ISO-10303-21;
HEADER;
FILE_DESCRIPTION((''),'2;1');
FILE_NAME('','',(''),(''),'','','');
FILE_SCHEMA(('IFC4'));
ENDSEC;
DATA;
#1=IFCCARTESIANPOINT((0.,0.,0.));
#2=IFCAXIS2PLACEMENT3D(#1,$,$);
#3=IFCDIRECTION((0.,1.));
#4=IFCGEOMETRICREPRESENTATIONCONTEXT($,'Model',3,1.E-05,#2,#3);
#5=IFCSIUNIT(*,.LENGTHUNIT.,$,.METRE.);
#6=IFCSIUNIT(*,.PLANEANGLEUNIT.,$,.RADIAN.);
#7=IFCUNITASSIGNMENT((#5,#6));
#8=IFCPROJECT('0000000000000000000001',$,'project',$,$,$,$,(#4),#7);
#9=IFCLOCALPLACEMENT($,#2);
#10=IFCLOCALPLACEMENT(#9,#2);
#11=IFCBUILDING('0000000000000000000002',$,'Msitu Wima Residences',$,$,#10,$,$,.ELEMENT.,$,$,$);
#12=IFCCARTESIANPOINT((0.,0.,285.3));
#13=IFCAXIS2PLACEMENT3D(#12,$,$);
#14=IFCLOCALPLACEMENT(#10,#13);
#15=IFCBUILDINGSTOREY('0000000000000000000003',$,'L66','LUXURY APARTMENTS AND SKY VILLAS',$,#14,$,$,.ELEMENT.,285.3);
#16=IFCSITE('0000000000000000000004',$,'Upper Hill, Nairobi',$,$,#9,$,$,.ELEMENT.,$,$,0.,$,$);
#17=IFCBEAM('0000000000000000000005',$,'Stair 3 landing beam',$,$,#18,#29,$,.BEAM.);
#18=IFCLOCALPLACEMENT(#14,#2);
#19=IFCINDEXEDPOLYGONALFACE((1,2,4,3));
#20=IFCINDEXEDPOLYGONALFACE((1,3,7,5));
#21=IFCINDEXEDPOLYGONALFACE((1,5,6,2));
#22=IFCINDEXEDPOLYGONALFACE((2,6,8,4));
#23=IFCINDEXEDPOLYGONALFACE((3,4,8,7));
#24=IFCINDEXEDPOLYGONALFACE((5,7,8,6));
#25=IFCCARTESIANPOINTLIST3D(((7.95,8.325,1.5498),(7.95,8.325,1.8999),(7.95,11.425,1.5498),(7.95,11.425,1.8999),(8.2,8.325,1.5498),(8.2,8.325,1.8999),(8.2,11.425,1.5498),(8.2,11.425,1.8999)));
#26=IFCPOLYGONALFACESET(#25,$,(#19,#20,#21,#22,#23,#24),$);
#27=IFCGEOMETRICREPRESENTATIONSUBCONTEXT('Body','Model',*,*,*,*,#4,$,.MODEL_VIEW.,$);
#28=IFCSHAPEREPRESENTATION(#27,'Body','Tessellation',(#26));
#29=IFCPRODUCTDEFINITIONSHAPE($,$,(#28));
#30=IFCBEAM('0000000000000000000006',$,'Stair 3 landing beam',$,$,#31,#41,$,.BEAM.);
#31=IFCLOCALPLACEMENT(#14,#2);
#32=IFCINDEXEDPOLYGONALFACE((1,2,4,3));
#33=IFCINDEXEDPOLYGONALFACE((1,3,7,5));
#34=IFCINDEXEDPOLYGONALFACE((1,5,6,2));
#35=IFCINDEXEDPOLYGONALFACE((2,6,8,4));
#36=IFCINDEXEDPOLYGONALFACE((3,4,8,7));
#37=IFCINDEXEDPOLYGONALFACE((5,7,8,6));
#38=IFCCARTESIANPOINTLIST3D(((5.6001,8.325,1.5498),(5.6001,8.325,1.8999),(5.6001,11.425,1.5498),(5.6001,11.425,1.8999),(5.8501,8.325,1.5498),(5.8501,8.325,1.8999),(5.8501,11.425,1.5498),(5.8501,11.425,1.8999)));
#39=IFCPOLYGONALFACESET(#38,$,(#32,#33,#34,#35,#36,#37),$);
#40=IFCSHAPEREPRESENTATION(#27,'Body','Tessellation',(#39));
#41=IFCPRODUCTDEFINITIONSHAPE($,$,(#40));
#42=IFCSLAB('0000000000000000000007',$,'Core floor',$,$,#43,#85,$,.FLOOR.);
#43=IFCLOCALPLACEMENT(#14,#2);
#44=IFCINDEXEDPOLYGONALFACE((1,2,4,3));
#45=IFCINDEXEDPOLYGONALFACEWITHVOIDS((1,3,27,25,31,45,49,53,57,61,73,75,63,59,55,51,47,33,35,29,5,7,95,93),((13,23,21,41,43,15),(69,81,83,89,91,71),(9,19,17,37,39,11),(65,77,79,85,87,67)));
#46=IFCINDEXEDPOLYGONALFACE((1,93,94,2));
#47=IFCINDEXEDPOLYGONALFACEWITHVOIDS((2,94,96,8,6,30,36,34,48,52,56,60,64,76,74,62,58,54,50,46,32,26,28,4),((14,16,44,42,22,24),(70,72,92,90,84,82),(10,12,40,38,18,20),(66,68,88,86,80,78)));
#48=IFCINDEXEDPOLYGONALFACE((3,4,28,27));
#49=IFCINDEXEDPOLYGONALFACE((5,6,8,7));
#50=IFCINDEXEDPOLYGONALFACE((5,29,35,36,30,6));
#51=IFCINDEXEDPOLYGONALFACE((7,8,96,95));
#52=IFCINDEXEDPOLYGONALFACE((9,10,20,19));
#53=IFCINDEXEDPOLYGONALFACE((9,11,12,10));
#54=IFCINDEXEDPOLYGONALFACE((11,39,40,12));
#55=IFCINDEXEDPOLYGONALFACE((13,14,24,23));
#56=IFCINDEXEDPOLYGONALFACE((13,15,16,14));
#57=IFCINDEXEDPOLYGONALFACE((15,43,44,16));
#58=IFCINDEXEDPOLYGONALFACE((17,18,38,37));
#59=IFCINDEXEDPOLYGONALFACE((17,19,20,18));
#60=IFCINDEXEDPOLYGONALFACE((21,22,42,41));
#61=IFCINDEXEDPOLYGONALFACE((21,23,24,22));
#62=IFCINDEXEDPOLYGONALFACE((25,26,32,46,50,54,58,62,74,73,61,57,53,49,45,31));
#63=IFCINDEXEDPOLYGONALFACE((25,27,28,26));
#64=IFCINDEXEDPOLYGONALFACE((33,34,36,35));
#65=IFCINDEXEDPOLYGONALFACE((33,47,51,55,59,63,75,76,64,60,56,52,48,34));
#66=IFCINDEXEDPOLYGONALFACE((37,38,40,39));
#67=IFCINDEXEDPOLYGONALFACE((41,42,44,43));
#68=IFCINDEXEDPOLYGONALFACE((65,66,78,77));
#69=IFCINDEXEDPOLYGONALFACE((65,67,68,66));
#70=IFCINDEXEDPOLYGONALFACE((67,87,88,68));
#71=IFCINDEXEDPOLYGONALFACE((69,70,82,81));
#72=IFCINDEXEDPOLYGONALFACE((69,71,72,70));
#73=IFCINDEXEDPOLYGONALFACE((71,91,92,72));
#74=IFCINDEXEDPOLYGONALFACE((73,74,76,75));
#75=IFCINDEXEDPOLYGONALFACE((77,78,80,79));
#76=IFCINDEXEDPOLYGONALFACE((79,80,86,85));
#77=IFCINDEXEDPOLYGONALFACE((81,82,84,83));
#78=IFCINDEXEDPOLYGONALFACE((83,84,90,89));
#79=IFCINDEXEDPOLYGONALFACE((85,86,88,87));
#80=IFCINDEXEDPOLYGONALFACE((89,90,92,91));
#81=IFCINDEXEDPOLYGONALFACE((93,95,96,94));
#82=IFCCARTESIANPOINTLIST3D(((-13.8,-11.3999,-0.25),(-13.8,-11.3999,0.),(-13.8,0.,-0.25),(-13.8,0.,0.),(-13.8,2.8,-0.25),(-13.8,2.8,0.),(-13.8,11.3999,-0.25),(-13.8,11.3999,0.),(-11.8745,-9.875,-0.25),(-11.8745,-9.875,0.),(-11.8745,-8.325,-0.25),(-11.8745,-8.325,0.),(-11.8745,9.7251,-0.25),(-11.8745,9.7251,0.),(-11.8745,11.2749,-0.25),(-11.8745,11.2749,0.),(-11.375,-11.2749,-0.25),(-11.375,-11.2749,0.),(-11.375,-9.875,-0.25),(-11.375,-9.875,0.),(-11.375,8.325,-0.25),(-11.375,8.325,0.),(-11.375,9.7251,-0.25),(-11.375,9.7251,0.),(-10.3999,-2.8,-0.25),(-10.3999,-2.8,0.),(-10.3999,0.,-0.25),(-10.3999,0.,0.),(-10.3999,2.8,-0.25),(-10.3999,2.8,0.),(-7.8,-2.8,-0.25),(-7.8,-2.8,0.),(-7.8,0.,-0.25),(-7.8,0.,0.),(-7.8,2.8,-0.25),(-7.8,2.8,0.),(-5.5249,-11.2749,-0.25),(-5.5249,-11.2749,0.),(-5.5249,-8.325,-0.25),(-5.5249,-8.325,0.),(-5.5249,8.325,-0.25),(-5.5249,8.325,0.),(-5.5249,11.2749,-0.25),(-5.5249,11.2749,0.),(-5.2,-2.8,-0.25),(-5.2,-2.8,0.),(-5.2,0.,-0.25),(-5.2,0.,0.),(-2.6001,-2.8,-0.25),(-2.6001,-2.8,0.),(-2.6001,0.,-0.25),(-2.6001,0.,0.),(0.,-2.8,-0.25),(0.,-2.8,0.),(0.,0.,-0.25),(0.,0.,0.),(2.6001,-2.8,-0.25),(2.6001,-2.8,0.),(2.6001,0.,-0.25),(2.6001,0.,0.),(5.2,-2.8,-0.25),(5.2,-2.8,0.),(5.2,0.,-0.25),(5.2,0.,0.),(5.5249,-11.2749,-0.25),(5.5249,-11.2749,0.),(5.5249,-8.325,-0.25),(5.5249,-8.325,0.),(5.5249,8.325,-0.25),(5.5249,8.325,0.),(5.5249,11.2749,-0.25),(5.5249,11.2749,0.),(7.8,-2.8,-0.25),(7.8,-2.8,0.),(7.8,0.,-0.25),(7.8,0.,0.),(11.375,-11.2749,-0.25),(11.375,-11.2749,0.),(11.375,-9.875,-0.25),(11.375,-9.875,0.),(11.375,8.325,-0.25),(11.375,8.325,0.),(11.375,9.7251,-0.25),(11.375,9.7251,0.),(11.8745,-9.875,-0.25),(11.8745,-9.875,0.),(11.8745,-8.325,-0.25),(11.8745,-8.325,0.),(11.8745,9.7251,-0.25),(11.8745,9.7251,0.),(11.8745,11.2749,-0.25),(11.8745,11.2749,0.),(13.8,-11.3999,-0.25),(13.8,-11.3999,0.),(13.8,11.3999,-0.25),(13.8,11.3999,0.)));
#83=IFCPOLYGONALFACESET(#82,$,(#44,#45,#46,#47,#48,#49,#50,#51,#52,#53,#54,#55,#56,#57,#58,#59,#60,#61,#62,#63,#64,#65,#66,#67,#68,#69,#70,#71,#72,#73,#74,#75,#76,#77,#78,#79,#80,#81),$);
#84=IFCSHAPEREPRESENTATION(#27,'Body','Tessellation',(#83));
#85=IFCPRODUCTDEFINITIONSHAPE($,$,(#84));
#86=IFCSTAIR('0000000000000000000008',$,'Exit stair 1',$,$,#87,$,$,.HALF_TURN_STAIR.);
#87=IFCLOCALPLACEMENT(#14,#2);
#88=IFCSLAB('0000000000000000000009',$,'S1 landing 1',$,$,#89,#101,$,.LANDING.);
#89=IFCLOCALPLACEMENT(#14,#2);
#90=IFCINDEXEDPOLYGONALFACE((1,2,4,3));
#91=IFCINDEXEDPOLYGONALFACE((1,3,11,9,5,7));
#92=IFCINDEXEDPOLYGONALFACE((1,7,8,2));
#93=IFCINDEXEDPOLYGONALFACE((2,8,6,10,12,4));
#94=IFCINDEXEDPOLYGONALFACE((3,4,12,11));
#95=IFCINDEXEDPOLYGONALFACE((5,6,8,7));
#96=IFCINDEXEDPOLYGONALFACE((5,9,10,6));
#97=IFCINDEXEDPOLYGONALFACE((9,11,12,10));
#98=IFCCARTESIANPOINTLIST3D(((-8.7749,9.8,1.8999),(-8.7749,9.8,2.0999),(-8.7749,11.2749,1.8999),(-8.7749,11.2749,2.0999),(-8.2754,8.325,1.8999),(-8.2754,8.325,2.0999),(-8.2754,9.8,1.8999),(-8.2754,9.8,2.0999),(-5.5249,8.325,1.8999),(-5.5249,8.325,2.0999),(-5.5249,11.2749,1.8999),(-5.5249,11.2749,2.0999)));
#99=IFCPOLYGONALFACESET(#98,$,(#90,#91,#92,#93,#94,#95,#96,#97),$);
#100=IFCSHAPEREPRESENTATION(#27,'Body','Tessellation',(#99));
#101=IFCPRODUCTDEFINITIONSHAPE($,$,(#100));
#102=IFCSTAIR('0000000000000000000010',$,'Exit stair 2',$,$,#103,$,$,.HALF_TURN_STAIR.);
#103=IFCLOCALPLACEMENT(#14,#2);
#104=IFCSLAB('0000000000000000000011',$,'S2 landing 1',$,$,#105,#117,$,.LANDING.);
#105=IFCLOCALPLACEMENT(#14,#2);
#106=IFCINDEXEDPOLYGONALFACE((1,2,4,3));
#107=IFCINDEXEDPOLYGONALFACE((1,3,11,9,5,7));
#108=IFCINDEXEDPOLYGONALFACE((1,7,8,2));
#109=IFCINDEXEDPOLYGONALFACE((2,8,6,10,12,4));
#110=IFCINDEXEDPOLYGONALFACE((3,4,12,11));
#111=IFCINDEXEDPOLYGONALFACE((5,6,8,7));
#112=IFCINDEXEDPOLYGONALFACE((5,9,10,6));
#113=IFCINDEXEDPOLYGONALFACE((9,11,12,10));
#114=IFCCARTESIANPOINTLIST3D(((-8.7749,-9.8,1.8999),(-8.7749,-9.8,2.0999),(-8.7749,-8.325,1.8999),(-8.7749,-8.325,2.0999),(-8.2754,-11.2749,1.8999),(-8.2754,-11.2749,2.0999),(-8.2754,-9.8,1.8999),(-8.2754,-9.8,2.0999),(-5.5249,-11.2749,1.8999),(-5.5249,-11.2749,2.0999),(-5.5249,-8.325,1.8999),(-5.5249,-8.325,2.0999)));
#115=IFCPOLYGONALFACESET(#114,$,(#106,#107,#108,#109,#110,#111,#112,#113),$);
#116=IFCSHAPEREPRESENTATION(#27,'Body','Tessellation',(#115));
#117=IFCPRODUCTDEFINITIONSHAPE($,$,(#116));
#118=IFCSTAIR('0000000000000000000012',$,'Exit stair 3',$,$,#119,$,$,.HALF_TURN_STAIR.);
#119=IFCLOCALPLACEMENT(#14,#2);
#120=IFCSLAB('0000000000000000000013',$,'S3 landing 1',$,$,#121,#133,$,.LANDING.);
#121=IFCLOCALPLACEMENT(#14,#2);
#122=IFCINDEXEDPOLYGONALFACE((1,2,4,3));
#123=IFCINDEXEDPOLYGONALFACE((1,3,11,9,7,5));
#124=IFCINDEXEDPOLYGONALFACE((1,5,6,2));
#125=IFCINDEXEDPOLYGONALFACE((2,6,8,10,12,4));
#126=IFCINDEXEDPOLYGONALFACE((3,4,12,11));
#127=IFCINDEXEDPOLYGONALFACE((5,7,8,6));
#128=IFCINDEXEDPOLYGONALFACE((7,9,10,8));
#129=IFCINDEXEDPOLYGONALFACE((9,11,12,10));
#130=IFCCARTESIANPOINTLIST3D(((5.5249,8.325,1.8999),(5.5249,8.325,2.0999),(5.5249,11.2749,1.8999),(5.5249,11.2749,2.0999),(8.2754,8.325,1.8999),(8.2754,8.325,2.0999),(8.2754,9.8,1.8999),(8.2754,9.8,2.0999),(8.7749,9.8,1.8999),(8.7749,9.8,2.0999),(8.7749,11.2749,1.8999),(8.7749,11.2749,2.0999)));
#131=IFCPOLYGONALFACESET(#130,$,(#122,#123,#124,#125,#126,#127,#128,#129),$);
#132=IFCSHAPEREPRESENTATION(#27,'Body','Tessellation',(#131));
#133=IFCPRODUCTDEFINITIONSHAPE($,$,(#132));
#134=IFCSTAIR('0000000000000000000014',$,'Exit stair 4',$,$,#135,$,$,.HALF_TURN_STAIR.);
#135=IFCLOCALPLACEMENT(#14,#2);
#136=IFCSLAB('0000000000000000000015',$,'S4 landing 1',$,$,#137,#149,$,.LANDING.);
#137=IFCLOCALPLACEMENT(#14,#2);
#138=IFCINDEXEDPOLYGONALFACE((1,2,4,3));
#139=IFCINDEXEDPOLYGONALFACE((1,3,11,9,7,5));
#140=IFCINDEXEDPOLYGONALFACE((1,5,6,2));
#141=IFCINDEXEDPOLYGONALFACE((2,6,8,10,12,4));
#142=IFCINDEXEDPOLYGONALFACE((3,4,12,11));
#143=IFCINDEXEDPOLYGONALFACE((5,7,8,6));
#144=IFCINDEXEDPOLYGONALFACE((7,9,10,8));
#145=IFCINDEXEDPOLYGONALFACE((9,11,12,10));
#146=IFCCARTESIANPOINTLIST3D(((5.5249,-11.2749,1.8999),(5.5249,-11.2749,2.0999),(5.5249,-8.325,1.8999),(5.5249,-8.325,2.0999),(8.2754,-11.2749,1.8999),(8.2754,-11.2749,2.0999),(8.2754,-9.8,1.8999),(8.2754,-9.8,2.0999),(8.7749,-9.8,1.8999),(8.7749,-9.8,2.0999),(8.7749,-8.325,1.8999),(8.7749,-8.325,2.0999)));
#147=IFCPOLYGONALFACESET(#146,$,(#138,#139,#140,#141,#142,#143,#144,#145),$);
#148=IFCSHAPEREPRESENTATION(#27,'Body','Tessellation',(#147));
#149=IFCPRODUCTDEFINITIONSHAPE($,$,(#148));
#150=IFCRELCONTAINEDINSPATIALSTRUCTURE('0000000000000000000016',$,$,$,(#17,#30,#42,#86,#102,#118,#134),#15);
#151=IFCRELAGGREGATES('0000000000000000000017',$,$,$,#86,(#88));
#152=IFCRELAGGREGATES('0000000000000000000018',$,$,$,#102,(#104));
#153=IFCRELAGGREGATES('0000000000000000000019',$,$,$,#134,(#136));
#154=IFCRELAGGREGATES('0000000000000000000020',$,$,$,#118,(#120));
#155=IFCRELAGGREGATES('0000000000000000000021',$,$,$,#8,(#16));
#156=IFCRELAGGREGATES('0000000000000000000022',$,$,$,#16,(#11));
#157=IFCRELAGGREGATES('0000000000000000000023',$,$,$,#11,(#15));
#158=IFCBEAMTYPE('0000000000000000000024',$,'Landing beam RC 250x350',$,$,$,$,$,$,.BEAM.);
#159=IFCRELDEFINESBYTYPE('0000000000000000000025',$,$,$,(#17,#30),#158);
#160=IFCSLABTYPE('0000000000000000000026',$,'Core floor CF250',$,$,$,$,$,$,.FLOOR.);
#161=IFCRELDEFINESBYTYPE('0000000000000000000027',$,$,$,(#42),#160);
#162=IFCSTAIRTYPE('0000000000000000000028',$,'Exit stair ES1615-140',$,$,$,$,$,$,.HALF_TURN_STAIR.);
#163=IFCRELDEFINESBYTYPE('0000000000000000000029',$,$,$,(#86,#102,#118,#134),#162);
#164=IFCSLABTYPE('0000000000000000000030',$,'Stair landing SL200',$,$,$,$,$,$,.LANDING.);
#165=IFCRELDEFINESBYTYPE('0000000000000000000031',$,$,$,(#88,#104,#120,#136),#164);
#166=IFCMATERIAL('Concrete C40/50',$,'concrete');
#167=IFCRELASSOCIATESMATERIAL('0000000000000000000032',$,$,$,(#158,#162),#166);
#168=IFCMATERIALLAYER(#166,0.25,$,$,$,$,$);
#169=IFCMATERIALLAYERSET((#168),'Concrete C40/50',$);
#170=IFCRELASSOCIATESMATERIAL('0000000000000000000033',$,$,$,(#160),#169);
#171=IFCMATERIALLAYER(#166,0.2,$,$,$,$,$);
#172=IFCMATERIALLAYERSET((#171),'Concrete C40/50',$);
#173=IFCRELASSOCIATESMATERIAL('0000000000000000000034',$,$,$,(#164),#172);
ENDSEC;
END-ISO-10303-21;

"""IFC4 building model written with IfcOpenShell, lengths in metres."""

from ifc_helpers import new_model, si_unit, direction, frame, origin, origin_2d, place, context, subcontext, project, spatial, polyline, rectangle, outline, extrude, material, layer, layer_set, material_profile, profile_set, type_object, element, aggregate, save


model = new_model("IFC4")

# Units and contexts
model_context = context("Model", 3, precision=1e-05, world=origin(), true_north=direction((0.0, 1.0)))
body_context = subcontext(model_context, "Body", "Model", "MODEL_VIEW")
ifc_project = project(units=[si_unit("LENGTHUNIT", "METRE"), si_unit("PLANEANGLEUNIT", "RADIAN")], contexts=[model_context])

# Site, building, storey
site_placement = place(None, origin())
site = spatial("IfcSite", under=ifc_project, at=site_placement, Name="Upper Hill, Nairobi", CompositionType="ELEMENT", RefElevation=0.0)
building_placement = place(site_placement, origin())
building = spatial("IfcBuilding", under=site, at=building_placement, Name="Msitu Wima Residences", CompositionType="ELEMENT")
storey_placement = place(building_placement, frame((0.0, 0.0, 285.3)))
storey = spatial("IfcBuildingStorey", under=building, at=storey_placement, Name="L66", Description="LUXURY APARTMENTS AND SKY VILLAS", CompositionType="ELEMENT", Elevation=285.3)

# Beams
ifc_material_1 = material(Name="Concrete C40/50", Category="concrete")
ifc_material_profile = material_profile(ifc_material_1, rectangle(XDim=0.25, YDim=0.3501, at=origin_2d()), Name="RC 250x350")
ifc_profile_set = profile_set([ifc_material_profile], Name="Concrete C40/50")
beam_type = type_object("IfcBeamType", Name="Landing beam RC 250x350", PredefinedType="BEAM", material=ifc_profile_set)
for number, where, z_axis, x_axis, name in (
    (1, (8.075, 8.325, 1.7249), (0.0, 1.0, 0.0), (-1.0, 0.0, 0.0), "Stair 3 landing beam"),
    (2, (5.7251, 8.325, 1.7249), (0.0, 1.0, 0.0), (-1.0, 0.0, 0.0), "Stair 3 landing beam"),
):
    element("IfcBeam", number, at=place(storey_placement, frame(where, z_axis=z_axis, x_axis=x_axis)), inside=storey, type_object=beam_type, Name=name, PredefinedType="BEAM", context=body_context, shape_type="SweptSolid", body=[
        extrude(rectangle(XDim=0.25, YDim=0.3501, at=origin_2d()), origin(), (0.0, 0.0, 1.0), 3.1001),
    ])

# Slab
ifc_layer_1 = layer(ifc_material_1, 0.25)
ifc_layer_set_1 = layer_set([ifc_layer_1], Name="Concrete C40/50")
slab_type_1 = type_object("IfcSlabType", Name="Core floor CF250", PredefinedType="FLOOR", material=ifc_layer_set_1)
slab_1_placement = place(storey_placement, frame((0.0, 0.0, -0.25)))
element("IfcSlab", 3, at=slab_1_placement, inside=storey, type_object=slab_type_1, Name="Core floor", PredefinedType="FLOOR", context=body_context, shape_type="SweptSolid", body=[
    extrude(outline(polyline([(-13.8, 11.3999), (-13.8, 2.8), (-10.3999, 2.8), (-7.8, 2.8), (-7.8, 0.0), (-5.2, 0.0), (-2.6001, 0.0), (0.0, 0.0), (2.6001, 0.0), (5.2, 0.0), (7.8, 0.0), (7.8, -2.8), (5.2, -2.8), (2.6001, -2.8), (0.0, -2.8), (-2.6001, -2.8), (-5.2, -2.8), (-7.8, -2.8), (-10.3999, -2.8), (-10.3999, 0.0), (-13.8, 0.0), (-13.8, -11.3999), (13.8, -11.3999), (13.8, 11.3999), (-13.8, 11.3999)]), holes=[polyline([(-11.375, -11.2749), (-11.375, -9.875), (-11.8745, -9.875), (-11.8745, -8.325), (-5.5249, -8.325), (-5.5249, -11.2749), (-11.375, -11.2749)]), polyline([(-11.375, 8.325), (-11.375, 9.7251), (-11.8745, 9.7251), (-11.8745, 11.2749), (-5.5249, 11.2749), (-5.5249, 8.325), (-11.375, 8.325)]), polyline([(11.375, -9.875), (11.375, -11.2749), (5.5249, -11.2749), (5.5249, -8.325), (11.8745, -8.325), (11.8745, -9.875), (11.375, -9.875)]), polyline([(11.375, 9.7251), (11.375, 8.325), (5.5249, 8.325), (5.5249, 11.2749), (11.8745, 11.2749), (11.8745, 9.7251), (11.375, 9.7251)])]), origin(), (0.0, 0.0, 1.0), 0.25),
])

# Stairs, slabs
stair_type = type_object("IfcStairType", Name="Exit stair ES1615-140", PredefinedType="HALF_TURN_STAIR", material=ifc_material_1)
stair_1_placement = place(storey_placement, origin())
stair_1 = element("IfcStair", 4, at=stair_1_placement, inside=storey, type_object=stair_type, Name="Exit stair 1", PredefinedType="HALF_TURN_STAIR")
ifc_layer_2 = layer(ifc_material_1, 0.2)
ifc_layer_set_2 = layer_set([ifc_layer_2], Name="Concrete C40/50")
slab_type_2 = type_object("IfcSlabType", Name="Stair landing SL200", PredefinedType="LANDING", material=ifc_layer_set_2)
slab_2_placement = place(storey_placement, frame((0.0, 0.0, 1.8999)))
slab_2 = element("IfcSlab", 5, at=slab_2_placement, type_object=slab_type_2, Name="S1 landing 1", PredefinedType="LANDING", context=body_context, shape_type="SweptSolid", body=[
    extrude(outline(polyline([(-5.5249, 8.325), (-8.2754, 8.325), (-8.2754, 9.8), (-8.7749, 9.8), (-8.7749, 11.2749), (-5.5249, 11.2749), (-5.5249, 8.325)])), origin(), (0.0, 0.0, 1.0), 0.2),
])
aggregate(stair_1, [slab_2])
stair_2_placement = place(storey_placement, origin())
stair_2 = element("IfcStair", 6, at=stair_2_placement, inside=storey, type_object=stair_type, Name="Exit stair 2", PredefinedType="HALF_TURN_STAIR")
slab_3_placement = place(storey_placement, frame((0.0, 0.0, 1.8999)))
slab_3 = element("IfcSlab", 7, at=slab_3_placement, type_object=slab_type_2, Name="S2 landing 1", PredefinedType="LANDING", context=body_context, shape_type="SweptSolid", body=[
    extrude(outline(polyline([(-5.5249, -11.2749), (-8.2754, -11.2749), (-8.2754, -9.8), (-8.7749, -9.8), (-8.7749, -8.325), (-5.5249, -8.325), (-5.5249, -11.2749)])), origin(), (0.0, 0.0, 1.0), 0.2),
])
aggregate(stair_2, [slab_3])
stair_3_placement = place(storey_placement, origin())
stair_3 = element("IfcStair", 8, at=stair_3_placement, inside=storey, type_object=stair_type, Name="Exit stair 3", PredefinedType="HALF_TURN_STAIR")
slab_4_placement = place(storey_placement, frame((0.0, 0.0, 1.8999)))
slab_4 = element("IfcSlab", 9, at=slab_4_placement, type_object=slab_type_2, Name="S3 landing 1", PredefinedType="LANDING", context=body_context, shape_type="SweptSolid", body=[
    extrude(outline(polyline([(5.5249, 8.325), (8.2754, 8.325), (8.2754, 9.8), (8.7749, 9.8), (8.7749, 11.2749), (5.5249, 11.2749), (5.5249, 8.325)])), origin(), (0.0, 0.0, 1.0), 0.2),
])
stair_4_placement = place(storey_placement, origin())
stair_4 = element("IfcStair", 10, at=stair_4_placement, inside=storey, type_object=stair_type, Name="Exit stair 4", PredefinedType="HALF_TURN_STAIR")
slab_5_placement = place(storey_placement, frame((0.0, 0.0, 1.8999)))
slab_5 = element("IfcSlab", 11, at=slab_5_placement, type_object=slab_type_2, Name="S4 landing 1", PredefinedType="LANDING", context=body_context, shape_type="SweptSolid", body=[
    extrude(outline(polyline([(5.5249, -11.2749), (8.2754, -11.2749), (8.2754, -9.8), (8.7749, -9.8), (8.7749, -8.325), (5.5249, -8.325), (5.5249, -11.2749)])), origin(), (0.0, 0.0, 1.0), 0.2),
])
aggregate(stair_4, [slab_5])

aggregate(stair_3, [slab_4])

save(model, "model.ifc")
